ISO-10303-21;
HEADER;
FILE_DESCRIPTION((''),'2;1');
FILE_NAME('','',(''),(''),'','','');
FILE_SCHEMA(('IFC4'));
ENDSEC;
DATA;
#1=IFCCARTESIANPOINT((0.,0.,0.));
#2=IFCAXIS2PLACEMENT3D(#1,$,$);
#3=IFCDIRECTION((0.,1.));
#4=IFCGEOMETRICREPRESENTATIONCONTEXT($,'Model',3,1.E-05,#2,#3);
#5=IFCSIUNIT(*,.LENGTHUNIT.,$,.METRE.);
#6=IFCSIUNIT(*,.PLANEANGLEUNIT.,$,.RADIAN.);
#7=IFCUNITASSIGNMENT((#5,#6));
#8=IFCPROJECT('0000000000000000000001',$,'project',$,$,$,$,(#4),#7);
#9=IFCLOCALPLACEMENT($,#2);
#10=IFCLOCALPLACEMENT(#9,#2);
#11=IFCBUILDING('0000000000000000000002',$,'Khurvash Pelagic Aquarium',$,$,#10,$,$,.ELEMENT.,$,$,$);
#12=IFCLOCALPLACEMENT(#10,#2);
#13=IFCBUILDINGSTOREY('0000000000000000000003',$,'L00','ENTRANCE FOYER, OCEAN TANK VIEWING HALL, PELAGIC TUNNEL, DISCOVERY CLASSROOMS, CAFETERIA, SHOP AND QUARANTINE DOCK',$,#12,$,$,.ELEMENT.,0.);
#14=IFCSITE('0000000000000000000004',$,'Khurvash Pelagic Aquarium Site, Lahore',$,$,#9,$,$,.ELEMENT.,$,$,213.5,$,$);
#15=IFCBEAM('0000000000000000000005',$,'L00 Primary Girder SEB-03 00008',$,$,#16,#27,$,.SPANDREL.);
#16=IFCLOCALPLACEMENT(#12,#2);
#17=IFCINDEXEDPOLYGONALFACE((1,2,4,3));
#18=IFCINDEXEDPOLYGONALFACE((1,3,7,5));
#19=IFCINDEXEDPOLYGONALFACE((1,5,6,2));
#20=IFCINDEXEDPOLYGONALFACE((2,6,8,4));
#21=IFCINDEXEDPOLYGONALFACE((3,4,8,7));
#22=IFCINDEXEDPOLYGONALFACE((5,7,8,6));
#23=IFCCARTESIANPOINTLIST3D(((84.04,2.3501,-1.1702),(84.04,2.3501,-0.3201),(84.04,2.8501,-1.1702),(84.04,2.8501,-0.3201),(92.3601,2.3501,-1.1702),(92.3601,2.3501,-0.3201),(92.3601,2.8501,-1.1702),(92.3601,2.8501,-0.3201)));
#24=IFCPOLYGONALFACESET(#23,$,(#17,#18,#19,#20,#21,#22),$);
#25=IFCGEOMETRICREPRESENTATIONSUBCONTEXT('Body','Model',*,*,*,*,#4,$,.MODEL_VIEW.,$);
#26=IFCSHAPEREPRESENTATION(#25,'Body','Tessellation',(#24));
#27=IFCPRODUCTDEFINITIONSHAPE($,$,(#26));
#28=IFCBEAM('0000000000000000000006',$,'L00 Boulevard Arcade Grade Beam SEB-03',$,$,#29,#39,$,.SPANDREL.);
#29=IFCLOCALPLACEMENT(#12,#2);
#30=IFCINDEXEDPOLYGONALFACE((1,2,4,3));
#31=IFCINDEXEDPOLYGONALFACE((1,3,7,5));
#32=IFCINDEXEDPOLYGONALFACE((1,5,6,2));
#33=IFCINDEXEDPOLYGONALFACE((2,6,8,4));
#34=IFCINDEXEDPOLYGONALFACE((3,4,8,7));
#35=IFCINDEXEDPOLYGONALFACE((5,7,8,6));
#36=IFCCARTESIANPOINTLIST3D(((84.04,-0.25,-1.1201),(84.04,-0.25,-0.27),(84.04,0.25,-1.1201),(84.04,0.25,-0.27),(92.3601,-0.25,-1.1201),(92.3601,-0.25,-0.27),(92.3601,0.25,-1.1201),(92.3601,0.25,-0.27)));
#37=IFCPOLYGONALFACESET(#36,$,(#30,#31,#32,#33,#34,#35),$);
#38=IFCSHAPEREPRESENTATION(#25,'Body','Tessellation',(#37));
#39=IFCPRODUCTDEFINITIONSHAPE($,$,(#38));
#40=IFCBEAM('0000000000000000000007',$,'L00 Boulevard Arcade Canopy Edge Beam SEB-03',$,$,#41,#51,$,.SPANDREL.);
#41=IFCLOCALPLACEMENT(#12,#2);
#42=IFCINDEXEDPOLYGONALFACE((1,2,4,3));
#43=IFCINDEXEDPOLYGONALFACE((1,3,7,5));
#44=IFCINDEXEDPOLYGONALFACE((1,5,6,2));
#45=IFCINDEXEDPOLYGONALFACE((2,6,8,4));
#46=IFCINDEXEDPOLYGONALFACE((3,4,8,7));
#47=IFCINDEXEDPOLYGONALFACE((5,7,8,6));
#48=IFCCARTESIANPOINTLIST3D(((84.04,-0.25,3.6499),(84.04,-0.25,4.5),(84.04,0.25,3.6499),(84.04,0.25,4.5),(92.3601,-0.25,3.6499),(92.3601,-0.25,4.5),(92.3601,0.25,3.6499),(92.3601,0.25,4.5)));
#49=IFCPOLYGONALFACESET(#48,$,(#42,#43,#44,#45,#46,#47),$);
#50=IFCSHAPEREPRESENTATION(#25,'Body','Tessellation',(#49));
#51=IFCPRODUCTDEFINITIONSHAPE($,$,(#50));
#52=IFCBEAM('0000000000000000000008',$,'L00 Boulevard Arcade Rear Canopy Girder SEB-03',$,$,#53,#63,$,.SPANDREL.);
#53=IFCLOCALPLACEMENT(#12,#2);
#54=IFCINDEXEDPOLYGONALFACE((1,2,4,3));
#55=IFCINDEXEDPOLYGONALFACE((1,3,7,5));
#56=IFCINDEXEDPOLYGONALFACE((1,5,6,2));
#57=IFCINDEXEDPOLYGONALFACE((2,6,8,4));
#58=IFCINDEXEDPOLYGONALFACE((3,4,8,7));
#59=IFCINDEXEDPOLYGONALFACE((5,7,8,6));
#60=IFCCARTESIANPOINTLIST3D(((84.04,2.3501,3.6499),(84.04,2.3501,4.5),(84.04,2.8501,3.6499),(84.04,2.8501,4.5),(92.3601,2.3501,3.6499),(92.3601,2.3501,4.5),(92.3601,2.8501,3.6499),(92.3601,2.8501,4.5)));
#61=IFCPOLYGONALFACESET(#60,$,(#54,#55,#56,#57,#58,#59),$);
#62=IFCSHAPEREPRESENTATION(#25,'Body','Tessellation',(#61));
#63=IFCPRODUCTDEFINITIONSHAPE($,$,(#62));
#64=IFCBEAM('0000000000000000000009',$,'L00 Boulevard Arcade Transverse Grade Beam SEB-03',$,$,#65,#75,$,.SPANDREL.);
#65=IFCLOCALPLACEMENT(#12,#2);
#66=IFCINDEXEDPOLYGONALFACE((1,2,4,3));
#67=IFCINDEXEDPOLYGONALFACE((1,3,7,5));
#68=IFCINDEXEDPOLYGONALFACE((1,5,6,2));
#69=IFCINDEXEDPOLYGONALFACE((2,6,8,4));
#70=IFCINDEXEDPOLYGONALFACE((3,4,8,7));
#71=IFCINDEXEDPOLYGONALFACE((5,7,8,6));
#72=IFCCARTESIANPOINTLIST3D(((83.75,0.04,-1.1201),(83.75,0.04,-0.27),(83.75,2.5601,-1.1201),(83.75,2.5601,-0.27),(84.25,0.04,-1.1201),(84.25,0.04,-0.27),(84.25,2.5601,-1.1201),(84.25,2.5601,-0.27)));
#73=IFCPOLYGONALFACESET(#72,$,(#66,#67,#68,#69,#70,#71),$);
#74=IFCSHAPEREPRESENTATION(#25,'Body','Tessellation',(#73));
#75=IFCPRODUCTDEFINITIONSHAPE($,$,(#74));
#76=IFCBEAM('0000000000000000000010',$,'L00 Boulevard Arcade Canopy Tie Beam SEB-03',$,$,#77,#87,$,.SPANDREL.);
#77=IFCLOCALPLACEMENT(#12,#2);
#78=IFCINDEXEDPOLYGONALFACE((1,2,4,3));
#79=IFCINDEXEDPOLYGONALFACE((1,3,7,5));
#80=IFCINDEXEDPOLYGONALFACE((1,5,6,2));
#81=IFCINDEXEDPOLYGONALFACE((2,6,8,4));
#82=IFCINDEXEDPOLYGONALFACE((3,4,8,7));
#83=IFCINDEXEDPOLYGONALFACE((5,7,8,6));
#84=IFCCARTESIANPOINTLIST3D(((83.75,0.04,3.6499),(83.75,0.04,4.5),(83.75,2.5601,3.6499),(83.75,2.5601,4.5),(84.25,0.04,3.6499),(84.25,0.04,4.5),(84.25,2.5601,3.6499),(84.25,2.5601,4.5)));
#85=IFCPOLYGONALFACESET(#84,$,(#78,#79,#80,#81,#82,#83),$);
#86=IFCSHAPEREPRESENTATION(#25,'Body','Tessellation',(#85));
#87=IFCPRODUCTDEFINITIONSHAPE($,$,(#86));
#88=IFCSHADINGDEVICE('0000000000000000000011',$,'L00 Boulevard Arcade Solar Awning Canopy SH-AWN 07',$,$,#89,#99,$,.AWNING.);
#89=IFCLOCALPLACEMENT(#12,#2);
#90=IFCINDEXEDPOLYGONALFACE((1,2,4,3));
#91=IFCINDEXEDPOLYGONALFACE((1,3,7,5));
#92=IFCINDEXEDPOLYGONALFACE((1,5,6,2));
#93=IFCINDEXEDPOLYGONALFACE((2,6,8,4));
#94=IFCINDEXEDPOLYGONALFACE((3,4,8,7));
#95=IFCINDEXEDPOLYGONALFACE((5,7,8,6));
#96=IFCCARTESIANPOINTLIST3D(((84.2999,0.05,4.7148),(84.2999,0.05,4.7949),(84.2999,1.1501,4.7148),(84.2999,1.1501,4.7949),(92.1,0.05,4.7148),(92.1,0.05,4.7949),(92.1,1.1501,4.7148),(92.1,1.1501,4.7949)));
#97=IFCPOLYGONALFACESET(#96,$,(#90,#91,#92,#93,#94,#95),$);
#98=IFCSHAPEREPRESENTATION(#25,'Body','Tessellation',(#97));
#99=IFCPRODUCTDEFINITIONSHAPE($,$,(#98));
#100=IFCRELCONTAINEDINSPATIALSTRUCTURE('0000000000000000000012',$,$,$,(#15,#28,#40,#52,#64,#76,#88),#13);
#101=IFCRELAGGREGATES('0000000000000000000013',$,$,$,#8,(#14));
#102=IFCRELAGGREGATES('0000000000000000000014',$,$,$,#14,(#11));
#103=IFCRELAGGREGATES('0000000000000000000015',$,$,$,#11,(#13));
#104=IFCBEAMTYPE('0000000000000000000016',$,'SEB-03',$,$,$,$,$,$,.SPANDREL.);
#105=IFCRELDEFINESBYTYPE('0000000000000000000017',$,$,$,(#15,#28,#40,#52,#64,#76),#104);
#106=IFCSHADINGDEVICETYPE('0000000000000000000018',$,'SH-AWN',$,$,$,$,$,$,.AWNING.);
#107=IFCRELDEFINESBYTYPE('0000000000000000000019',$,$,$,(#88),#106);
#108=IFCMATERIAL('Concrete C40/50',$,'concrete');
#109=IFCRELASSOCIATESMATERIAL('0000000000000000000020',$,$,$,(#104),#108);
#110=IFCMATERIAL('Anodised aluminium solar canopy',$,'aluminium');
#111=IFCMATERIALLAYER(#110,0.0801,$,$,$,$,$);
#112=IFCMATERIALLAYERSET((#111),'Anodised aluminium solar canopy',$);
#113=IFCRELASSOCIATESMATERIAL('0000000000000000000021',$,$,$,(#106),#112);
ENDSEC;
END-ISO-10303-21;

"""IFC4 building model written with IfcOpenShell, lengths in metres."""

from ifc_helpers import new_model, si_unit, direction, frame, origin, origin_2d, place, context, subcontext, project, spatial, rectangle, extrude, material, layer, layer_set, material_profile, profile_set, type_object, element, save


model = new_model("IFC4")

# Units and contexts
model_context = context("Model", 3, precision=1e-05, world=origin(), true_north=direction((0.0, 1.0)))
body_context = subcontext(model_context, "Body", "Model", "MODEL_VIEW")
ifc_project = project(units=[si_unit("LENGTHUNIT", "METRE"), si_unit("PLANEANGLEUNIT", "RADIAN")], contexts=[model_context])

# Site, building, storey
site_placement = place(None, origin())
site = spatial("IfcSite", under=ifc_project, at=site_placement, Name="Khurvash Pelagic Aquarium Site, Lahore", CompositionType="ELEMENT", RefElevation=213.5)
building_placement = place(site_placement, origin())
building = spatial("IfcBuilding", under=site, at=building_placement, Name="Khurvash Pelagic Aquarium", CompositionType="ELEMENT")
storey_placement = place(building_placement, origin())
storey = spatial("IfcBuildingStorey", under=building, at=storey_placement, Name="L00", Description="ENTRANCE FOYER, OCEAN TANK VIEWING HALL, PELAGIC TUNNEL, DISCOVERY CLASSROOMS, CAFETERIA, SHOP AND QUARANTINE DOCK", CompositionType="ELEMENT", Elevation=0.0)

# Shared definitions
ifc_material_1 = material(Name="Concrete C40/50", Category="concrete")

# Beams
ifc_material_profile_1 = material_profile(ifc_material_1, rectangle(XDim=0.5, YDim=0.8501, at=origin_2d()), Name="RC500X850")
ifc_profile_set_1 = profile_set([ifc_material_profile_1], Name="Concrete C40/50")
beam_type_1 = type_object("IfcBeamType", Name="SEB-03", PredefinedType="SPANDREL", material=ifc_profile_set_1)
for number, where, z_axis, x_axis, name in (
    (1, (84.04, 2.6001, -0.7451), (1.0, 0.0, 0.0), (0.0, 1.0, 0.0), "L00 Primary Girder SEB-03 00008"),
    (2, (84.04, 0.0, -0.6951), (1.0, 0.0, 0.0), (0.0, 1.0, 0.0), "L00 Boulevard Arcade Grade Beam SEB-03"),
    (3, (84.04, 0.0, 4.075), (1.0, 0.0, 0.0), (0.0, 1.0, 0.0), "L00 Boulevard Arcade Canopy Edge Beam SEB-03"),
    (4, (84.04, 2.6001, 4.075), (1.0, 0.0, 0.0), (0.0, 1.0, 0.0), "L00 Boulevard Arcade Rear Canopy Girder SEB-03"),
):
    element("IfcBeam", number, at=place(storey_placement, frame(where, z_axis=z_axis, x_axis=x_axis)), inside=storey, type_object=beam_type_1, Name=name, PredefinedType="SPANDREL", context=body_context, shape_type="SweptSolid", body=[
        extrude(rectangle(XDim=0.5, YDim=0.8501, at=origin_2d()), origin(), (0.0, 0.0, 1.0), 8.3201),
    ])
for number, where, z_axis, x_axis, name in (
    (5, (84.0, 0.04, -0.6951), (0.0, 1.0, 0.0), (-1.0, 0.0, 0.0), "L00 Boulevard Arcade Transverse Grade Beam SEB-03"),
    (6, (84.0, 0.04, 4.075), (0.0, 1.0, 0.0), (-1.0, 0.0, 0.0), "L00 Boulevard Arcade Canopy Tie Beam SEB-03"),
):
    element("IfcBeam", number, at=place(storey_placement, frame(where, z_axis=z_axis, x_axis=x_axis)), inside=storey, type_object=beam_type_1, Name=name, PredefinedType="SPANDREL", context=body_context, shape_type="SweptSolid", body=[
        extrude(rectangle(XDim=0.5, YDim=0.8501, at=origin_2d()), origin(), (0.0, 0.0, 1.0), 2.52),
    ])

# Shading device
ifc_material_2 = material(Name="Anodised aluminium solar canopy", Category="aluminium")
ifc_layer_1 = layer(ifc_material_2, 0.0801)
ifc_layer_set_1 = layer_set([ifc_layer_1], Name="Anodised aluminium solar canopy")
shading_device_type = type_object("IfcShadingDeviceType", Name="SH-AWN", PredefinedType="AWNING", material=ifc_layer_set_1)
shading_device_placement = place(storey_placement, frame((88.2, 0.6001, 4.7148), z_axis=(0.0, 0.0, 1.0), x_axis=(1.0, 0.0, 0.0)))
element("IfcShadingDevice", 7, at=shading_device_placement, inside=storey, type_object=shading_device_type, Name="L00 Boulevard Arcade Solar Awning Canopy SH-AWN 07", PredefinedType="AWNING", context=body_context, shape_type="SweptSolid", body=[
    extrude(rectangle(XDim=7.8, YDim=1.1001, at=origin_2d()), origin(), (0.0, 0.0, 1.0), 0.0801),
])

save(model, "model.ifc")
